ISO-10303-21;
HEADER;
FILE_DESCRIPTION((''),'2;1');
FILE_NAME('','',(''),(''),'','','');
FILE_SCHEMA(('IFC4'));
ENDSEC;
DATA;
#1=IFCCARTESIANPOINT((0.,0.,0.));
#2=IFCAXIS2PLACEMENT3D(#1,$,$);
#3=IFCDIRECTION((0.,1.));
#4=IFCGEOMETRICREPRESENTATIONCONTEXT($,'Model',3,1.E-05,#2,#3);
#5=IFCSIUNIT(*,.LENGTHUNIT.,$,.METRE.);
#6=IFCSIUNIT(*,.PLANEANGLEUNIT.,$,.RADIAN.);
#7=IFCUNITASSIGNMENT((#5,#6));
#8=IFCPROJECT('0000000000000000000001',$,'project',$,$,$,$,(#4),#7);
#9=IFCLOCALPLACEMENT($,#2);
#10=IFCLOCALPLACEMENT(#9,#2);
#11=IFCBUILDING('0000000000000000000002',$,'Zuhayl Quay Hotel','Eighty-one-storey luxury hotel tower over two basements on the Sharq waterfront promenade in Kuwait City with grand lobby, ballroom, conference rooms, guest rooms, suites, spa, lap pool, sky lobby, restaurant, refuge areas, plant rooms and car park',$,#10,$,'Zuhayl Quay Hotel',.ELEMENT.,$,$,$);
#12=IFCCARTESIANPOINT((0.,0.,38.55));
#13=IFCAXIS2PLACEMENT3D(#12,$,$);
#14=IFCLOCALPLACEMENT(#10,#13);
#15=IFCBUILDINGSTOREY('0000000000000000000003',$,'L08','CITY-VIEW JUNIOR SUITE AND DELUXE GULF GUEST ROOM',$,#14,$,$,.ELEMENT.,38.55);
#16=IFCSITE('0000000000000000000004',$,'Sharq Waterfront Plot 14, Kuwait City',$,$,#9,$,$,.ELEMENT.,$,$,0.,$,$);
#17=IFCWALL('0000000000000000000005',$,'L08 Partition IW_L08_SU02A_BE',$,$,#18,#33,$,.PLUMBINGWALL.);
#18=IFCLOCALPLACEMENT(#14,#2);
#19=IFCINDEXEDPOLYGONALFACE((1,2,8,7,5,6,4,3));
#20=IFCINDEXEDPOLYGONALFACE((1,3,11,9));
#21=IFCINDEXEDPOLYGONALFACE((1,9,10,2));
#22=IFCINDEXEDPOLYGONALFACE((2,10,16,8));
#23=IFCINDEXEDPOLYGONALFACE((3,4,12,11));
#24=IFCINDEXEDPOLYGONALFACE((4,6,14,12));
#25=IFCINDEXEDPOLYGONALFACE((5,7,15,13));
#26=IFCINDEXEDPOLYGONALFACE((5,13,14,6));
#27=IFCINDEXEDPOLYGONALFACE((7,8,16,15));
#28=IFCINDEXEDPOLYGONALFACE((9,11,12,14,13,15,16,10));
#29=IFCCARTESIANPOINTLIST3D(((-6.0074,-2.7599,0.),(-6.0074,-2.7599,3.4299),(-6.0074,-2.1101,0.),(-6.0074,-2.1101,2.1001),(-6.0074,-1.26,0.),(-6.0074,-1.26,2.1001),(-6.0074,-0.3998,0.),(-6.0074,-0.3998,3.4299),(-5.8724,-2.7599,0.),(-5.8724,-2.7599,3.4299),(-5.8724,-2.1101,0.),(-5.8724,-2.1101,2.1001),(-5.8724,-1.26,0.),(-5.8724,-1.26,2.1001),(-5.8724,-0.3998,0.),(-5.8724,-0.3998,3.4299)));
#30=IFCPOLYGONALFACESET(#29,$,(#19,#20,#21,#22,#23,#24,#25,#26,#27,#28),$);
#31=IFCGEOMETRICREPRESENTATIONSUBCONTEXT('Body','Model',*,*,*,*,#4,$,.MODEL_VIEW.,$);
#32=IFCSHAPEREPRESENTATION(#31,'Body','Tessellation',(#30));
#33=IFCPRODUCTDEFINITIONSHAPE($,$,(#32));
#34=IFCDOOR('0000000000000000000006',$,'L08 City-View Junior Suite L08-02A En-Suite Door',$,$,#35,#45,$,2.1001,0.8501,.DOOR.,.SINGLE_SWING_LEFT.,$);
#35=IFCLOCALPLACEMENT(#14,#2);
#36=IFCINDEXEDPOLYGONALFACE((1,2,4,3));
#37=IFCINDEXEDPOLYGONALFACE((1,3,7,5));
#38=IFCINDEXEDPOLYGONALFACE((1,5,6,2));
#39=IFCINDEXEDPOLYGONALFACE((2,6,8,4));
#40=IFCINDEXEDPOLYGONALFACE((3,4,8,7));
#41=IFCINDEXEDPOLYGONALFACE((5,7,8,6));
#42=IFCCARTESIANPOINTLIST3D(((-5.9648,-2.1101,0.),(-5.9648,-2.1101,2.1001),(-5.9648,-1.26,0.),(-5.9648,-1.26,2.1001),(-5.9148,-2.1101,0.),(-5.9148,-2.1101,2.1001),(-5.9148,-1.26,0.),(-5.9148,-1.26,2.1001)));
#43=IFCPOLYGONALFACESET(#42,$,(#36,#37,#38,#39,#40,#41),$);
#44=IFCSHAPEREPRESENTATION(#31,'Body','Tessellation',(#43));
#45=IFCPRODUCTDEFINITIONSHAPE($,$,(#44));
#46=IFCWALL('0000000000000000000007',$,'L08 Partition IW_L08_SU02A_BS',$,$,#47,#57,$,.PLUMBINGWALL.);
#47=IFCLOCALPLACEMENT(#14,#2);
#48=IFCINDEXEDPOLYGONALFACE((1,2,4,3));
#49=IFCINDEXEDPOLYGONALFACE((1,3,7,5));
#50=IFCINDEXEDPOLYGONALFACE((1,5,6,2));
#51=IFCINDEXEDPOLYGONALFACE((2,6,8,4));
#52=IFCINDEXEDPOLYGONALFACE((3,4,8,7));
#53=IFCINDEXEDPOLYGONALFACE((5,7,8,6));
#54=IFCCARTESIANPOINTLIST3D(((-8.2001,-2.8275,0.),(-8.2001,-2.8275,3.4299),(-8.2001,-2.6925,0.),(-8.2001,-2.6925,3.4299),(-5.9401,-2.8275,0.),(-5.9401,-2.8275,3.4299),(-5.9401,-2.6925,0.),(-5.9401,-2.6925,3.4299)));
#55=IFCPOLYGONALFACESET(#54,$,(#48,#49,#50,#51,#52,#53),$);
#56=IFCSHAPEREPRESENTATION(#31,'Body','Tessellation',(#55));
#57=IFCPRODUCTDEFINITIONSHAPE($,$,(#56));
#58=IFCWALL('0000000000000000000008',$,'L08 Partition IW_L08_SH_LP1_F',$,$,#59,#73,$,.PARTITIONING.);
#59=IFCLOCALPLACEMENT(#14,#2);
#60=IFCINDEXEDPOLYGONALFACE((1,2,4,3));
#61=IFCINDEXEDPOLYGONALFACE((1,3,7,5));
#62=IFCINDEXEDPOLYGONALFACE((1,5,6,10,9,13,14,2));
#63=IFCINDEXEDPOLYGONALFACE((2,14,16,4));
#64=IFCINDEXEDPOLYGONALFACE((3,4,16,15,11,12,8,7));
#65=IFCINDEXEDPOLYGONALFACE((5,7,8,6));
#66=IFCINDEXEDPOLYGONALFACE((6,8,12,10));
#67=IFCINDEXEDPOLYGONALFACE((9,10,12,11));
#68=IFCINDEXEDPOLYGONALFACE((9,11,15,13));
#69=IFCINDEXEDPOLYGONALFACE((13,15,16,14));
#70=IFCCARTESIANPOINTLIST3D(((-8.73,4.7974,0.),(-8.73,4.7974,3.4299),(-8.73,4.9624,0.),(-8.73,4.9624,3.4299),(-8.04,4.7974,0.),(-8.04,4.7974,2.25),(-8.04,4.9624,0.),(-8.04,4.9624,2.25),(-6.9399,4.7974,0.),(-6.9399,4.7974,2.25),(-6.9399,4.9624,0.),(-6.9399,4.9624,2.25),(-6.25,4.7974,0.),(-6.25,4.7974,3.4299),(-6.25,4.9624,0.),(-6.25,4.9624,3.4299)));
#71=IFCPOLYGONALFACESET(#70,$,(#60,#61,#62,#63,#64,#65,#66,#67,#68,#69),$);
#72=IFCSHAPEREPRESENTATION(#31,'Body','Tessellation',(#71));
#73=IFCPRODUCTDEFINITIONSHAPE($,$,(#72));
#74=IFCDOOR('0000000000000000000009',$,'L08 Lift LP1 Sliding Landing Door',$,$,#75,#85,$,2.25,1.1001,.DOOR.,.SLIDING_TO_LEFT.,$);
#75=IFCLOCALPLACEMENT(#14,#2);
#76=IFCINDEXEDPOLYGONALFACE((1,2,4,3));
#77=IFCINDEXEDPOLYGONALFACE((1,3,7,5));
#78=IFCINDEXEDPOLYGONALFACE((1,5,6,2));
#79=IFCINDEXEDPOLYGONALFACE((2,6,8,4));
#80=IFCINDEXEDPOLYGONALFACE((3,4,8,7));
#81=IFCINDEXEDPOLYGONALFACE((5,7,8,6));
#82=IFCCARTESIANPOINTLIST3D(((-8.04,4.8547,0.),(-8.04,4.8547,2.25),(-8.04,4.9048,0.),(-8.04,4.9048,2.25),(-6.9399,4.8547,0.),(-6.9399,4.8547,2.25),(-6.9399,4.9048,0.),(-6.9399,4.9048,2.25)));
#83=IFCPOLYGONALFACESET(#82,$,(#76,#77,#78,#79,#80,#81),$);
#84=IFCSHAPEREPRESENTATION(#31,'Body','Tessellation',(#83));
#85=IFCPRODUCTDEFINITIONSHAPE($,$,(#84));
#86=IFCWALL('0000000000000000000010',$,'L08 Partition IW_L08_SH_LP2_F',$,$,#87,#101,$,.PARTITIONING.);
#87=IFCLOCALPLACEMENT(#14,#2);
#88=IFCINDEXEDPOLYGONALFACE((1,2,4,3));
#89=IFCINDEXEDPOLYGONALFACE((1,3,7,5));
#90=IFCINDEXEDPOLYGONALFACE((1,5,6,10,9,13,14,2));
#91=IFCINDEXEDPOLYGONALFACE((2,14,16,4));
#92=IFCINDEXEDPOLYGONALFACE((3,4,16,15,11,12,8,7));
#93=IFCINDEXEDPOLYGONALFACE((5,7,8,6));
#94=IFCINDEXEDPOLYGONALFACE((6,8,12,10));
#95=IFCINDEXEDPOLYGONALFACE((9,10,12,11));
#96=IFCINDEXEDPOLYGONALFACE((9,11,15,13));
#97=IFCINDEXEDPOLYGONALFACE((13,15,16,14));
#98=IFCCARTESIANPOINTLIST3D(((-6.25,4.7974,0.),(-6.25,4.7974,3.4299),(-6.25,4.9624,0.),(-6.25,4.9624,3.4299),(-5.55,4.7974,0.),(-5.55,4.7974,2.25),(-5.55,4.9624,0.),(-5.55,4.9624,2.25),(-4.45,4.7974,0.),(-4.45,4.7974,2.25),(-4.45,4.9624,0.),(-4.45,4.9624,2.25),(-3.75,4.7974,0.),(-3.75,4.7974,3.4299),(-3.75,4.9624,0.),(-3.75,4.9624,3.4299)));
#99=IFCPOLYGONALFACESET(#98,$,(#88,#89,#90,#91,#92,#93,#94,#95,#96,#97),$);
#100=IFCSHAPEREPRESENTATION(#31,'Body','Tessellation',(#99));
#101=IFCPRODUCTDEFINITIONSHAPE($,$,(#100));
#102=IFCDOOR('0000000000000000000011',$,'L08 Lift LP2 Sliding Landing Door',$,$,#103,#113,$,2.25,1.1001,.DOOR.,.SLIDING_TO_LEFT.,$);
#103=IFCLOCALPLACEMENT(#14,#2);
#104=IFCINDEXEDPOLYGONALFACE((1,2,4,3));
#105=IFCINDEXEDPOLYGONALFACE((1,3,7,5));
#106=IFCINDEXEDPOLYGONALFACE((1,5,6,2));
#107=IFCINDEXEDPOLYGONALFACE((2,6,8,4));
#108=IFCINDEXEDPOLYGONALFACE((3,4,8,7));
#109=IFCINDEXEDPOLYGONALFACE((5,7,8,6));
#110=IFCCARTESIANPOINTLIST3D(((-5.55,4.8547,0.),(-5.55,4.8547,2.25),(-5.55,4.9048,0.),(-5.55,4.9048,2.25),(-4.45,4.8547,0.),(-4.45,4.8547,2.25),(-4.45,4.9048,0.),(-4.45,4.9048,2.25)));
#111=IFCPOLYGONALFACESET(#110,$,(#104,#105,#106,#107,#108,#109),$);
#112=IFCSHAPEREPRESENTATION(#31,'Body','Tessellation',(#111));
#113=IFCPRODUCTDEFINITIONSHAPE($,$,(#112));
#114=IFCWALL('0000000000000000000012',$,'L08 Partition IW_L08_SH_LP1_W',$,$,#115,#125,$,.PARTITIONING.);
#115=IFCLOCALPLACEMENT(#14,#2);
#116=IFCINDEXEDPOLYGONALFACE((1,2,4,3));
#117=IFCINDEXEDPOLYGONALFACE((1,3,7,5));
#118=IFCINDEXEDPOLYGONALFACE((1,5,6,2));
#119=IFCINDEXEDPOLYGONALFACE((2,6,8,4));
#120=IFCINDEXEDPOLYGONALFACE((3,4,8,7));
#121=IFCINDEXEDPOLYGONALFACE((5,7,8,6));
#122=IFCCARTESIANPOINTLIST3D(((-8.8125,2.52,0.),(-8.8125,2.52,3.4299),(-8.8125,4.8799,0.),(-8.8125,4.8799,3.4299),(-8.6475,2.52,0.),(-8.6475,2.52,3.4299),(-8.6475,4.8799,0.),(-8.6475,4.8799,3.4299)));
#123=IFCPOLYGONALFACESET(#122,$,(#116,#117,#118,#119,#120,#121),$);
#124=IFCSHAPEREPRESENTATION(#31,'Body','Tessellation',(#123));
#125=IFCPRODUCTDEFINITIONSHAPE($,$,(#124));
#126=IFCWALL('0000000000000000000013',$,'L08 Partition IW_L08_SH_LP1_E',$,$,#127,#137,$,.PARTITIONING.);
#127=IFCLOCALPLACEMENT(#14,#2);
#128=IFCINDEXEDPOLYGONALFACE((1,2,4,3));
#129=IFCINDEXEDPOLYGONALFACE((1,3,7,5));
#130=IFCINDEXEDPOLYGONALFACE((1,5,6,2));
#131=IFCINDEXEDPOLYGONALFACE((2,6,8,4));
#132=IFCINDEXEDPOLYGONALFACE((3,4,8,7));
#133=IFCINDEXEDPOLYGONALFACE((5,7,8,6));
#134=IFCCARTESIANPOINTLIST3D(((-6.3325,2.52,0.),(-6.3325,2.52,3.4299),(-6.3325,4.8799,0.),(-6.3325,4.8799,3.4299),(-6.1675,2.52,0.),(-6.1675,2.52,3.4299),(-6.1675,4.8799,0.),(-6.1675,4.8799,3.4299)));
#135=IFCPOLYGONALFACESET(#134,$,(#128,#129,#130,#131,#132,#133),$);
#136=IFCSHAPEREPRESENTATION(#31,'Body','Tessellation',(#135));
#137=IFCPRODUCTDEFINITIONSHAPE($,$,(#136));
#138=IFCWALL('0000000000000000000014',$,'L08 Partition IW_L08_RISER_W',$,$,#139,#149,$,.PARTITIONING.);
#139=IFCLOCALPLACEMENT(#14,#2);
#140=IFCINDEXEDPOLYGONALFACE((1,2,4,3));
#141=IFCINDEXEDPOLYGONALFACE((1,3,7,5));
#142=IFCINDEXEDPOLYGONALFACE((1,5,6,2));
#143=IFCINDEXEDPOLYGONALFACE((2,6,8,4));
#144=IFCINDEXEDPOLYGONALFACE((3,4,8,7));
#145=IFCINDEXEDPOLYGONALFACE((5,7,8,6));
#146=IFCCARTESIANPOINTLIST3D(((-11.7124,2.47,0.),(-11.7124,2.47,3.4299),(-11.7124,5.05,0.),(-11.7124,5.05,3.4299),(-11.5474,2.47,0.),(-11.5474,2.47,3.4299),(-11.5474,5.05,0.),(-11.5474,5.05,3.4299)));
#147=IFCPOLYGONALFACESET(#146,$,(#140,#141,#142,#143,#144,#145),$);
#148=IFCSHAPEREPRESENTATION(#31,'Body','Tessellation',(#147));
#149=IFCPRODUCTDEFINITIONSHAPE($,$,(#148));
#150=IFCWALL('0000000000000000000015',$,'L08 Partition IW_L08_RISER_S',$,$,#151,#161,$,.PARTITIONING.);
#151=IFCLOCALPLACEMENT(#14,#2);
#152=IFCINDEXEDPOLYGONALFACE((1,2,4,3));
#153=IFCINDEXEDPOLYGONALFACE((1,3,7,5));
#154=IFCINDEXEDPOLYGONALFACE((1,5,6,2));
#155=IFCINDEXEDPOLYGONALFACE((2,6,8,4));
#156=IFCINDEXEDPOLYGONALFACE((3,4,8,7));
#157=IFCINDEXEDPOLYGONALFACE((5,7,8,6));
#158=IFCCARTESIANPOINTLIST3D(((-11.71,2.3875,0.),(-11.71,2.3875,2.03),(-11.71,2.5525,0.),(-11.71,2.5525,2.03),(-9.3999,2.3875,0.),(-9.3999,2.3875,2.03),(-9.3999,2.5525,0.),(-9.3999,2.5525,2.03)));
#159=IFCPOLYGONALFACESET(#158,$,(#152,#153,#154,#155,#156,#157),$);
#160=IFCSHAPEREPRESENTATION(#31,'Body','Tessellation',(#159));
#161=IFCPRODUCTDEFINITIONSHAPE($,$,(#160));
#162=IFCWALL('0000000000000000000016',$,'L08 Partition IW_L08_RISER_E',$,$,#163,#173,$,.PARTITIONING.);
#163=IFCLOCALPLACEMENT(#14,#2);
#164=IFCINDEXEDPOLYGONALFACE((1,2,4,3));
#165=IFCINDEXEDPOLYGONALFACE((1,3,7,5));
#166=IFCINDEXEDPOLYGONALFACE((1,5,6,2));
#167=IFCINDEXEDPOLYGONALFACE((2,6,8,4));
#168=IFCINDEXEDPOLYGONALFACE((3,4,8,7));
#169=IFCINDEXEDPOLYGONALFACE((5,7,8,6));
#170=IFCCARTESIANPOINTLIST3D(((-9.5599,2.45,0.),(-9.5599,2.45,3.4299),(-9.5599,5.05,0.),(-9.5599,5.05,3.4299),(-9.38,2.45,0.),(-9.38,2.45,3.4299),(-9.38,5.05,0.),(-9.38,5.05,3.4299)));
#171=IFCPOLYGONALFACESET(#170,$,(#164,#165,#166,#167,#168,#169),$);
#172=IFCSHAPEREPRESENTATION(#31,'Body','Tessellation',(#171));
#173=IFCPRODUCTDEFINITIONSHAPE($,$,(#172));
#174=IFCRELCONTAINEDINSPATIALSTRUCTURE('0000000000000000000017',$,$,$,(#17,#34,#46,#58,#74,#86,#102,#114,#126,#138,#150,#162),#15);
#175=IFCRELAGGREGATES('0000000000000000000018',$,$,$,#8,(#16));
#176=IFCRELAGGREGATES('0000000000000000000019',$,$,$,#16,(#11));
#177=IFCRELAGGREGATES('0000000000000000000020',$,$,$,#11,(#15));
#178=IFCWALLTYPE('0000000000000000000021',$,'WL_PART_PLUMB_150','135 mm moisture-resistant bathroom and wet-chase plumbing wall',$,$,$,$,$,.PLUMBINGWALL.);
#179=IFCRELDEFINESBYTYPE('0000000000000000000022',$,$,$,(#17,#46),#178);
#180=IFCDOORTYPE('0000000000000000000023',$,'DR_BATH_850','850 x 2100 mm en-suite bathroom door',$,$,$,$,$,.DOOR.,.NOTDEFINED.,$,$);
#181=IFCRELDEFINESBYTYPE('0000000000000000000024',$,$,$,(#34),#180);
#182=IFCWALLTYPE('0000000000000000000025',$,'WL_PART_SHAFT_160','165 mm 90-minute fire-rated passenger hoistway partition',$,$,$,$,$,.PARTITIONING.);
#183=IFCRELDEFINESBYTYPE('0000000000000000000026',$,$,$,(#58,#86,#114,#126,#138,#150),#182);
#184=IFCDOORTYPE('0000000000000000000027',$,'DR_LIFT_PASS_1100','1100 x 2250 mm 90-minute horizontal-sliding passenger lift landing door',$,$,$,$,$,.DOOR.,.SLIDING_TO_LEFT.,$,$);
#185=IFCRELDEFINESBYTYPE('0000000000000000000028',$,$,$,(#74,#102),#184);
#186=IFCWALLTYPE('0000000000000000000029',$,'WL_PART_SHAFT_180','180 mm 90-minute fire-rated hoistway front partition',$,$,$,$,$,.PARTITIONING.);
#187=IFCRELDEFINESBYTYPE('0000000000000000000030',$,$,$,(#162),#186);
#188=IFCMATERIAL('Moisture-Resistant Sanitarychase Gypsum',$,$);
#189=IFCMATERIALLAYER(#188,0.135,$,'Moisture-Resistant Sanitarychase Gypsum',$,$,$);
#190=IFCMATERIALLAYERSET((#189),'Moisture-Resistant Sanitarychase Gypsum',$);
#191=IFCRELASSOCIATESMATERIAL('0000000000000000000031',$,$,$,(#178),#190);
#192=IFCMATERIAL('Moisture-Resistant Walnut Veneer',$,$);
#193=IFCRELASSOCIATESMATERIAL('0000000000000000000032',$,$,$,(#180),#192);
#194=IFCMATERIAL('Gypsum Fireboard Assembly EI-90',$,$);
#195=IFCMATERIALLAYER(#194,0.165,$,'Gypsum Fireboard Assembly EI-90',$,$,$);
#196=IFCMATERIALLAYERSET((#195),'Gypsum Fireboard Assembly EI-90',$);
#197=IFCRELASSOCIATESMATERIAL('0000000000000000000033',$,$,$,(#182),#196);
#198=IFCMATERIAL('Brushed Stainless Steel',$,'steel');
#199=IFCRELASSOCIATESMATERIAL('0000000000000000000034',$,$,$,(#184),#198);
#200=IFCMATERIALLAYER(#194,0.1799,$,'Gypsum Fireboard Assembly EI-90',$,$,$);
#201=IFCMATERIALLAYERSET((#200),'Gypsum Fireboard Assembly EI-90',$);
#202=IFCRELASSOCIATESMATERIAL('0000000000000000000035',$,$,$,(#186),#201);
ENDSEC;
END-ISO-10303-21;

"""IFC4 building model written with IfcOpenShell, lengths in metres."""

from ifc_helpers import new_model, si_unit, direction, frame, frame_2d, origin, place, context, subcontext, project, spatial, rectangle, extrude, material, layer, layer_set, type_object, element, fill, save


model = new_model("IFC4")

# Units and contexts
model_context = context("Model", 3, precision=1e-05, world=origin(), true_north=direction((0.0, 1.0)))
body_context = subcontext(model_context, "Body", "Model", "MODEL_VIEW")
ifc_project = project(units=[si_unit("LENGTHUNIT", "METRE"), si_unit("PLANEANGLEUNIT", "RADIAN")], contexts=[model_context])

# Site, building, storey
site_placement = place(None, origin())
site = spatial("IfcSite", under=ifc_project, at=site_placement, Name="Sharq Waterfront Plot 14, Kuwait City", CompositionType="ELEMENT", RefElevation=0.0)
building_placement = place(site_placement, origin())
building = spatial("IfcBuilding", under=site, at=building_placement, Name="Zuhayl Quay Hotel", Description="Eighty-one-storey luxury hotel tower over two basements on the Sharq waterfront promenade in Kuwait City with grand lobby, ballroom, conference rooms, guest rooms, suites, spa, lap pool, sky lobby, restaurant, refuge areas, plant rooms and car park", LongName="Zuhayl Quay Hotel", CompositionType="ELEMENT")
storey_placement = place(building_placement, frame((0.0, 0.0, 38.55)))
storey = spatial("IfcBuildingStorey", under=building, at=storey_placement, Name="L08", Description="CITY-VIEW JUNIOR SUITE AND DELUXE GULF GUEST ROOM", CompositionType="ELEMENT", Elevation=38.55)

# Wall, opening, door
ifc_material_1 = material(Name="Moisture-Resistant Sanitarychase Gypsum")
ifc_layer_1 = layer(ifc_material_1, 0.135, Name="Moisture-Resistant Sanitarychase Gypsum")
ifc_layer_set_1 = layer_set([ifc_layer_1], Name="Moisture-Resistant Sanitarychase Gypsum")
wall_type_1 = type_object("IfcWallType", Name="WL_PART_PLUMB_150", Description="135 mm moisture-resistant bathroom and wet-chase plumbing wall", PredefinedType="PLUMBINGWALL", material=ifc_layer_set_1)
ifc_material_2 = material(Name="Moisture-Resistant Walnut Veneer")
door_type_1 = type_object("IfcDoorType", Name="DR_BATH_850", Description="850 x 2100 mm en-suite bathroom door", OperationType="NOTDEFINED", PredefinedType="DOOR", material=ifc_material_2)
wall_1_placement = place(storey_placement, frame((-5.9399, -2.76, 0.0), z_axis=(0.0, 0.0, 1.0), x_axis=(0.0, 1.0, 0.0)))
wall_1 = element("IfcWall", 1, at=wall_1_placement, inside=storey, type_object=wall_type_1, Name="L08 Partition IW_L08_SU02A_BE", PredefinedType="PLUMBINGWALL", context=body_context, shape_type="SweptSolid", body=[
    extrude(rectangle(XDim=2.3601, YDim=0.135, at=frame_2d((1.1802, 0.0))), origin(), (0.0, 0.0, 1.0), 3.4299),
])
opening_1_placement = place(wall_1_placement, frame((0.6499, 0.0, 0.0)))
opening_1 = element("IfcOpeningElement", 2, at=opening_1_placement, cuts=wall_1, PredefinedType="OPENING", context=body_context, shape_type="SweptSolid", body=[
    extrude(rectangle(XDim=0.8501, YDim=2.1001, at=frame_2d((0.425, 1.05))), frame((0.0, 0.0774, 0.0), z_axis=(0.0, -1.0, 0.0), x_axis=(1.0, 0.0, 0.0)), (0.0, 0.0, 1.0), 0.155),
])
door_1_placement = place(opening_1_placement, origin())
door_1 = element("IfcDoor", 3, at=door_1_placement, inside=storey, type_object=door_type_1, Name="L08 City-View Junior Suite L08-02A En-Suite Door", OperationType="SINGLE_SWING_LEFT", OverallHeight=2.1001, OverallWidth=0.8501, PredefinedType="DOOR", context=body_context, shape_type="SweptSolid", body=[
    extrude(rectangle(XDim=0.8501, YDim=2.1001, at=frame_2d((0.425, 1.05))), frame((0.0, 0.0249, 0.0), z_axis=(0.0, -1.0, 0.0), x_axis=(1.0, 0.0, 0.0)), (0.0, 0.0, 1.0), 0.05),
])
fill(opening_1, door_1)

# Wall
wall_2_placement = place(storey_placement, frame((-8.2, -2.76, 0.0), z_axis=(0.0, 0.0, 1.0), x_axis=(1.0, 0.0, 0.0)))
element("IfcWall", 4, at=wall_2_placement, inside=storey, type_object=wall_type_1, Name="L08 Partition IW_L08_SU02A_BS", PredefinedType="PLUMBINGWALL", context=body_context, shape_type="SweptSolid", body=[
    extrude(rectangle(XDim=2.26, YDim=0.135, at=frame_2d((1.1299, 0.0))), origin(), (0.0, 0.0, 1.0), 3.4299),
])

# Walls, openings, doors
ifc_material_3 = material(Name="Gypsum Fireboard Assembly EI-90")
ifc_layer_2 = layer(ifc_material_3, 0.165, Name="Gypsum Fireboard Assembly EI-90")
ifc_layer_set_2 = layer_set([ifc_layer_2], Name="Gypsum Fireboard Assembly EI-90")
wall_type_2 = type_object("IfcWallType", Name="WL_PART_SHAFT_160", Description="165 mm 90-minute fire-rated passenger hoistway partition", PredefinedType="PARTITIONING", material=ifc_layer_set_2)
wall_3_placement = place(storey_placement, frame((-8.73, 4.8799, 0.0), z_axis=(0.0, 0.0, 1.0), x_axis=(1.0, 0.0, 0.0)))
wall_3 = element("IfcWall", 5, at=wall_3_placement, inside=storey, type_object=wall_type_2, Name="L08 Partition IW_L08_SH_LP1_F", PredefinedType="PARTITIONING", context=body_context, shape_type="SweptSolid", body=[
    extrude(rectangle(XDim=2.48, YDim=0.165, at=frame_2d((1.24, 0.0))), origin(), (0.0, 0.0, 1.0), 3.4299),
])
opening_2_placement = place(wall_3_placement, frame((0.6899, 0.0, 0.0)))
opening_2 = element("IfcOpeningElement", 6, at=opening_2_placement, cuts=wall_3, PredefinedType="OPENING", context=body_context, shape_type="SweptSolid", body=[
    extrude(rectangle(XDim=1.1001, YDim=2.25, at=frame_2d((0.55, 1.125))), frame((0.0, 0.0925, 0.0), z_axis=(0.0, -1.0, 0.0), x_axis=(1.0, 0.0, 0.0)), (0.0, 0.0, 1.0), 0.1851),
])
ifc_material_4 = material(Name="Brushed Stainless Steel", Category="steel")
door_type_2 = type_object("IfcDoorType", Name="DR_LIFT_PASS_1100", Description="1100 x 2250 mm 90-minute horizontal-sliding passenger lift landing door", OperationType="SLIDING_TO_LEFT", PredefinedType="DOOR", material=ifc_material_4)
door_2_placement = place(opening_2_placement, origin())
door_2 = element("IfcDoor", 7, at=door_2_placement, inside=storey, type_object=door_type_2, Name="L08 Lift LP1 Sliding Landing Door", OperationType="SLIDING_TO_LEFT", OverallHeight=2.25, OverallWidth=1.1001, PredefinedType="DOOR", context=body_context, shape_type="SweptSolid", body=[
    extrude(rectangle(XDim=1.1001, YDim=2.25, at=frame_2d((0.55, 1.125))), frame((0.0, 0.0249, 0.0), z_axis=(0.0, -1.0, 0.0), x_axis=(1.0, 0.0, 0.0)), (0.0, 0.0, 1.0), 0.05),
])
fill(opening_2, door_2)
wall_4_placement = place(storey_placement, frame((-6.25, 4.8799, 0.0), z_axis=(0.0, 0.0, 1.0), x_axis=(1.0, 0.0, 0.0)))
wall_4 = element("IfcWall", 8, at=wall_4_placement, inside=storey, type_object=wall_type_2, Name="L08 Partition IW_L08_SH_LP2_F", PredefinedType="PARTITIONING", context=body_context, shape_type="SweptSolid", body=[
    extrude(rectangle(XDim=2.5, YDim=0.165, at=frame_2d((1.25, 0.0))), origin(), (0.0, 0.0, 1.0), 3.4299),
])
opening_3_placement = place(wall_4_placement, frame((0.7, 0.0, 0.0)))
opening_3 = element("IfcOpeningElement", 9, at=opening_3_placement, cuts=wall_4, PredefinedType="OPENING", context=body_context, shape_type="SweptSolid", body=[
    extrude(rectangle(XDim=1.1001, YDim=2.25, at=frame_2d((0.55, 1.125))), frame((0.0, 0.0925, 0.0), z_axis=(0.0, -1.0, 0.0), x_axis=(1.0, 0.0, 0.0)), (0.0, 0.0, 1.0), 0.1851),
])
door_3_placement = place(opening_3_placement, origin())
door_3 = element("IfcDoor", 10, at=door_3_placement, inside=storey, type_object=door_type_2, Name="L08 Lift LP2 Sliding Landing Door", OperationType="SLIDING_TO_LEFT", OverallHeight=2.25, OverallWidth=1.1001, PredefinedType="DOOR", context=body_context, shape_type="SweptSolid", body=[
    extrude(rectangle(XDim=1.1001, YDim=2.25, at=frame_2d((0.55, 1.125))), frame((0.0, 0.0249, 0.0), z_axis=(0.0, -1.0, 0.0), x_axis=(1.0, 0.0, 0.0)), (0.0, 0.0, 1.0), 0.05),
])
fill(opening_3, door_3)

# Walls
for number, where, z_axis, x_axis, name in (
    (11, (-8.73, 2.52, 0.0), (0.0, 0.0, 1.0), (0.0, 1.0, 0.0), "L08 Partition IW_L08_SH_LP1_W"),
    (12, (-6.25, 2.52, 0.0), (0.0, 0.0, 1.0), (0.0, 1.0, 0.0), "L08 Partition IW_L08_SH_LP1_E"),
):
    element("IfcWall", number, at=place(storey_placement, frame(where, z_axis=z_axis, x_axis=x_axis)), inside=storey, type_object=wall_type_2, Name=name, PredefinedType="PARTITIONING", context=body_context, shape_type="SweptSolid", body=[
        extrude(rectangle(XDim=2.3599, YDim=0.165, at=frame_2d((1.1799, 0.0))), origin(), (0.0, 0.0, 1.0), 3.4299),
    ])
wall_5_placement = place(storey_placement, frame((-11.6299, 2.47, 0.0), z_axis=(0.0, 0.0, 1.0), x_axis=(0.0, 1.0, 0.0)))
element("IfcWall", 13, at=wall_5_placement, inside=storey, type_object=wall_type_2, Name="L08 Partition IW_L08_RISER_W", PredefinedType="PARTITIONING", context=body_context, shape_type="SweptSolid", body=[
    extrude(rectangle(XDim=2.5801, YDim=0.165, at=frame_2d((1.29, 0.0))), origin(), (0.0, 0.0, 1.0), 3.4299),
])
wall_6_placement = place(storey_placement, frame((-11.71, 2.47, 0.0), z_axis=(0.0, 0.0, 1.0), x_axis=(1.0, 0.0, 0.0)))
element("IfcWall", 14, at=wall_6_placement, inside=storey, type_object=wall_type_2, Name="L08 Partition IW_L08_RISER_S", PredefinedType="PARTITIONING", context=body_context, shape_type="SweptSolid", body=[
    extrude(rectangle(XDim=2.3101, YDim=0.165, at=frame_2d((1.155, 0.0))), origin(), (0.0, 0.0, 1.0), 2.03),
])
ifc_layer_3 = layer(ifc_material_3, 0.1799, Name="Gypsum Fireboard Assembly EI-90")
ifc_layer_set_3 = layer_set([ifc_layer_3], Name="Gypsum Fireboard Assembly EI-90")
wall_type_3 = type_object("IfcWallType", Name="WL_PART_SHAFT_180", Description="180 mm 90-minute fire-rated hoistway front partition", PredefinedType="PARTITIONING", material=ifc_layer_set_3)
wall_7_placement = place(storey_placement, frame((-9.47, 2.45, 0.0), z_axis=(0.0, 0.0, 1.0), x_axis=(0.0, 1.0, 0.0)))
element("IfcWall", 15, at=wall_7_placement, inside=storey, type_object=wall_type_3, Name="L08 Partition IW_L08_RISER_E", PredefinedType="PARTITIONING", context=body_context, shape_type="SweptSolid", body=[
    extrude(rectangle(XDim=2.6001, YDim=0.1799, at=frame_2d((1.3, 0.0))), origin(), (0.0, 0.0, 1.0), 3.4299),
])

save(model, "model.ifc")
